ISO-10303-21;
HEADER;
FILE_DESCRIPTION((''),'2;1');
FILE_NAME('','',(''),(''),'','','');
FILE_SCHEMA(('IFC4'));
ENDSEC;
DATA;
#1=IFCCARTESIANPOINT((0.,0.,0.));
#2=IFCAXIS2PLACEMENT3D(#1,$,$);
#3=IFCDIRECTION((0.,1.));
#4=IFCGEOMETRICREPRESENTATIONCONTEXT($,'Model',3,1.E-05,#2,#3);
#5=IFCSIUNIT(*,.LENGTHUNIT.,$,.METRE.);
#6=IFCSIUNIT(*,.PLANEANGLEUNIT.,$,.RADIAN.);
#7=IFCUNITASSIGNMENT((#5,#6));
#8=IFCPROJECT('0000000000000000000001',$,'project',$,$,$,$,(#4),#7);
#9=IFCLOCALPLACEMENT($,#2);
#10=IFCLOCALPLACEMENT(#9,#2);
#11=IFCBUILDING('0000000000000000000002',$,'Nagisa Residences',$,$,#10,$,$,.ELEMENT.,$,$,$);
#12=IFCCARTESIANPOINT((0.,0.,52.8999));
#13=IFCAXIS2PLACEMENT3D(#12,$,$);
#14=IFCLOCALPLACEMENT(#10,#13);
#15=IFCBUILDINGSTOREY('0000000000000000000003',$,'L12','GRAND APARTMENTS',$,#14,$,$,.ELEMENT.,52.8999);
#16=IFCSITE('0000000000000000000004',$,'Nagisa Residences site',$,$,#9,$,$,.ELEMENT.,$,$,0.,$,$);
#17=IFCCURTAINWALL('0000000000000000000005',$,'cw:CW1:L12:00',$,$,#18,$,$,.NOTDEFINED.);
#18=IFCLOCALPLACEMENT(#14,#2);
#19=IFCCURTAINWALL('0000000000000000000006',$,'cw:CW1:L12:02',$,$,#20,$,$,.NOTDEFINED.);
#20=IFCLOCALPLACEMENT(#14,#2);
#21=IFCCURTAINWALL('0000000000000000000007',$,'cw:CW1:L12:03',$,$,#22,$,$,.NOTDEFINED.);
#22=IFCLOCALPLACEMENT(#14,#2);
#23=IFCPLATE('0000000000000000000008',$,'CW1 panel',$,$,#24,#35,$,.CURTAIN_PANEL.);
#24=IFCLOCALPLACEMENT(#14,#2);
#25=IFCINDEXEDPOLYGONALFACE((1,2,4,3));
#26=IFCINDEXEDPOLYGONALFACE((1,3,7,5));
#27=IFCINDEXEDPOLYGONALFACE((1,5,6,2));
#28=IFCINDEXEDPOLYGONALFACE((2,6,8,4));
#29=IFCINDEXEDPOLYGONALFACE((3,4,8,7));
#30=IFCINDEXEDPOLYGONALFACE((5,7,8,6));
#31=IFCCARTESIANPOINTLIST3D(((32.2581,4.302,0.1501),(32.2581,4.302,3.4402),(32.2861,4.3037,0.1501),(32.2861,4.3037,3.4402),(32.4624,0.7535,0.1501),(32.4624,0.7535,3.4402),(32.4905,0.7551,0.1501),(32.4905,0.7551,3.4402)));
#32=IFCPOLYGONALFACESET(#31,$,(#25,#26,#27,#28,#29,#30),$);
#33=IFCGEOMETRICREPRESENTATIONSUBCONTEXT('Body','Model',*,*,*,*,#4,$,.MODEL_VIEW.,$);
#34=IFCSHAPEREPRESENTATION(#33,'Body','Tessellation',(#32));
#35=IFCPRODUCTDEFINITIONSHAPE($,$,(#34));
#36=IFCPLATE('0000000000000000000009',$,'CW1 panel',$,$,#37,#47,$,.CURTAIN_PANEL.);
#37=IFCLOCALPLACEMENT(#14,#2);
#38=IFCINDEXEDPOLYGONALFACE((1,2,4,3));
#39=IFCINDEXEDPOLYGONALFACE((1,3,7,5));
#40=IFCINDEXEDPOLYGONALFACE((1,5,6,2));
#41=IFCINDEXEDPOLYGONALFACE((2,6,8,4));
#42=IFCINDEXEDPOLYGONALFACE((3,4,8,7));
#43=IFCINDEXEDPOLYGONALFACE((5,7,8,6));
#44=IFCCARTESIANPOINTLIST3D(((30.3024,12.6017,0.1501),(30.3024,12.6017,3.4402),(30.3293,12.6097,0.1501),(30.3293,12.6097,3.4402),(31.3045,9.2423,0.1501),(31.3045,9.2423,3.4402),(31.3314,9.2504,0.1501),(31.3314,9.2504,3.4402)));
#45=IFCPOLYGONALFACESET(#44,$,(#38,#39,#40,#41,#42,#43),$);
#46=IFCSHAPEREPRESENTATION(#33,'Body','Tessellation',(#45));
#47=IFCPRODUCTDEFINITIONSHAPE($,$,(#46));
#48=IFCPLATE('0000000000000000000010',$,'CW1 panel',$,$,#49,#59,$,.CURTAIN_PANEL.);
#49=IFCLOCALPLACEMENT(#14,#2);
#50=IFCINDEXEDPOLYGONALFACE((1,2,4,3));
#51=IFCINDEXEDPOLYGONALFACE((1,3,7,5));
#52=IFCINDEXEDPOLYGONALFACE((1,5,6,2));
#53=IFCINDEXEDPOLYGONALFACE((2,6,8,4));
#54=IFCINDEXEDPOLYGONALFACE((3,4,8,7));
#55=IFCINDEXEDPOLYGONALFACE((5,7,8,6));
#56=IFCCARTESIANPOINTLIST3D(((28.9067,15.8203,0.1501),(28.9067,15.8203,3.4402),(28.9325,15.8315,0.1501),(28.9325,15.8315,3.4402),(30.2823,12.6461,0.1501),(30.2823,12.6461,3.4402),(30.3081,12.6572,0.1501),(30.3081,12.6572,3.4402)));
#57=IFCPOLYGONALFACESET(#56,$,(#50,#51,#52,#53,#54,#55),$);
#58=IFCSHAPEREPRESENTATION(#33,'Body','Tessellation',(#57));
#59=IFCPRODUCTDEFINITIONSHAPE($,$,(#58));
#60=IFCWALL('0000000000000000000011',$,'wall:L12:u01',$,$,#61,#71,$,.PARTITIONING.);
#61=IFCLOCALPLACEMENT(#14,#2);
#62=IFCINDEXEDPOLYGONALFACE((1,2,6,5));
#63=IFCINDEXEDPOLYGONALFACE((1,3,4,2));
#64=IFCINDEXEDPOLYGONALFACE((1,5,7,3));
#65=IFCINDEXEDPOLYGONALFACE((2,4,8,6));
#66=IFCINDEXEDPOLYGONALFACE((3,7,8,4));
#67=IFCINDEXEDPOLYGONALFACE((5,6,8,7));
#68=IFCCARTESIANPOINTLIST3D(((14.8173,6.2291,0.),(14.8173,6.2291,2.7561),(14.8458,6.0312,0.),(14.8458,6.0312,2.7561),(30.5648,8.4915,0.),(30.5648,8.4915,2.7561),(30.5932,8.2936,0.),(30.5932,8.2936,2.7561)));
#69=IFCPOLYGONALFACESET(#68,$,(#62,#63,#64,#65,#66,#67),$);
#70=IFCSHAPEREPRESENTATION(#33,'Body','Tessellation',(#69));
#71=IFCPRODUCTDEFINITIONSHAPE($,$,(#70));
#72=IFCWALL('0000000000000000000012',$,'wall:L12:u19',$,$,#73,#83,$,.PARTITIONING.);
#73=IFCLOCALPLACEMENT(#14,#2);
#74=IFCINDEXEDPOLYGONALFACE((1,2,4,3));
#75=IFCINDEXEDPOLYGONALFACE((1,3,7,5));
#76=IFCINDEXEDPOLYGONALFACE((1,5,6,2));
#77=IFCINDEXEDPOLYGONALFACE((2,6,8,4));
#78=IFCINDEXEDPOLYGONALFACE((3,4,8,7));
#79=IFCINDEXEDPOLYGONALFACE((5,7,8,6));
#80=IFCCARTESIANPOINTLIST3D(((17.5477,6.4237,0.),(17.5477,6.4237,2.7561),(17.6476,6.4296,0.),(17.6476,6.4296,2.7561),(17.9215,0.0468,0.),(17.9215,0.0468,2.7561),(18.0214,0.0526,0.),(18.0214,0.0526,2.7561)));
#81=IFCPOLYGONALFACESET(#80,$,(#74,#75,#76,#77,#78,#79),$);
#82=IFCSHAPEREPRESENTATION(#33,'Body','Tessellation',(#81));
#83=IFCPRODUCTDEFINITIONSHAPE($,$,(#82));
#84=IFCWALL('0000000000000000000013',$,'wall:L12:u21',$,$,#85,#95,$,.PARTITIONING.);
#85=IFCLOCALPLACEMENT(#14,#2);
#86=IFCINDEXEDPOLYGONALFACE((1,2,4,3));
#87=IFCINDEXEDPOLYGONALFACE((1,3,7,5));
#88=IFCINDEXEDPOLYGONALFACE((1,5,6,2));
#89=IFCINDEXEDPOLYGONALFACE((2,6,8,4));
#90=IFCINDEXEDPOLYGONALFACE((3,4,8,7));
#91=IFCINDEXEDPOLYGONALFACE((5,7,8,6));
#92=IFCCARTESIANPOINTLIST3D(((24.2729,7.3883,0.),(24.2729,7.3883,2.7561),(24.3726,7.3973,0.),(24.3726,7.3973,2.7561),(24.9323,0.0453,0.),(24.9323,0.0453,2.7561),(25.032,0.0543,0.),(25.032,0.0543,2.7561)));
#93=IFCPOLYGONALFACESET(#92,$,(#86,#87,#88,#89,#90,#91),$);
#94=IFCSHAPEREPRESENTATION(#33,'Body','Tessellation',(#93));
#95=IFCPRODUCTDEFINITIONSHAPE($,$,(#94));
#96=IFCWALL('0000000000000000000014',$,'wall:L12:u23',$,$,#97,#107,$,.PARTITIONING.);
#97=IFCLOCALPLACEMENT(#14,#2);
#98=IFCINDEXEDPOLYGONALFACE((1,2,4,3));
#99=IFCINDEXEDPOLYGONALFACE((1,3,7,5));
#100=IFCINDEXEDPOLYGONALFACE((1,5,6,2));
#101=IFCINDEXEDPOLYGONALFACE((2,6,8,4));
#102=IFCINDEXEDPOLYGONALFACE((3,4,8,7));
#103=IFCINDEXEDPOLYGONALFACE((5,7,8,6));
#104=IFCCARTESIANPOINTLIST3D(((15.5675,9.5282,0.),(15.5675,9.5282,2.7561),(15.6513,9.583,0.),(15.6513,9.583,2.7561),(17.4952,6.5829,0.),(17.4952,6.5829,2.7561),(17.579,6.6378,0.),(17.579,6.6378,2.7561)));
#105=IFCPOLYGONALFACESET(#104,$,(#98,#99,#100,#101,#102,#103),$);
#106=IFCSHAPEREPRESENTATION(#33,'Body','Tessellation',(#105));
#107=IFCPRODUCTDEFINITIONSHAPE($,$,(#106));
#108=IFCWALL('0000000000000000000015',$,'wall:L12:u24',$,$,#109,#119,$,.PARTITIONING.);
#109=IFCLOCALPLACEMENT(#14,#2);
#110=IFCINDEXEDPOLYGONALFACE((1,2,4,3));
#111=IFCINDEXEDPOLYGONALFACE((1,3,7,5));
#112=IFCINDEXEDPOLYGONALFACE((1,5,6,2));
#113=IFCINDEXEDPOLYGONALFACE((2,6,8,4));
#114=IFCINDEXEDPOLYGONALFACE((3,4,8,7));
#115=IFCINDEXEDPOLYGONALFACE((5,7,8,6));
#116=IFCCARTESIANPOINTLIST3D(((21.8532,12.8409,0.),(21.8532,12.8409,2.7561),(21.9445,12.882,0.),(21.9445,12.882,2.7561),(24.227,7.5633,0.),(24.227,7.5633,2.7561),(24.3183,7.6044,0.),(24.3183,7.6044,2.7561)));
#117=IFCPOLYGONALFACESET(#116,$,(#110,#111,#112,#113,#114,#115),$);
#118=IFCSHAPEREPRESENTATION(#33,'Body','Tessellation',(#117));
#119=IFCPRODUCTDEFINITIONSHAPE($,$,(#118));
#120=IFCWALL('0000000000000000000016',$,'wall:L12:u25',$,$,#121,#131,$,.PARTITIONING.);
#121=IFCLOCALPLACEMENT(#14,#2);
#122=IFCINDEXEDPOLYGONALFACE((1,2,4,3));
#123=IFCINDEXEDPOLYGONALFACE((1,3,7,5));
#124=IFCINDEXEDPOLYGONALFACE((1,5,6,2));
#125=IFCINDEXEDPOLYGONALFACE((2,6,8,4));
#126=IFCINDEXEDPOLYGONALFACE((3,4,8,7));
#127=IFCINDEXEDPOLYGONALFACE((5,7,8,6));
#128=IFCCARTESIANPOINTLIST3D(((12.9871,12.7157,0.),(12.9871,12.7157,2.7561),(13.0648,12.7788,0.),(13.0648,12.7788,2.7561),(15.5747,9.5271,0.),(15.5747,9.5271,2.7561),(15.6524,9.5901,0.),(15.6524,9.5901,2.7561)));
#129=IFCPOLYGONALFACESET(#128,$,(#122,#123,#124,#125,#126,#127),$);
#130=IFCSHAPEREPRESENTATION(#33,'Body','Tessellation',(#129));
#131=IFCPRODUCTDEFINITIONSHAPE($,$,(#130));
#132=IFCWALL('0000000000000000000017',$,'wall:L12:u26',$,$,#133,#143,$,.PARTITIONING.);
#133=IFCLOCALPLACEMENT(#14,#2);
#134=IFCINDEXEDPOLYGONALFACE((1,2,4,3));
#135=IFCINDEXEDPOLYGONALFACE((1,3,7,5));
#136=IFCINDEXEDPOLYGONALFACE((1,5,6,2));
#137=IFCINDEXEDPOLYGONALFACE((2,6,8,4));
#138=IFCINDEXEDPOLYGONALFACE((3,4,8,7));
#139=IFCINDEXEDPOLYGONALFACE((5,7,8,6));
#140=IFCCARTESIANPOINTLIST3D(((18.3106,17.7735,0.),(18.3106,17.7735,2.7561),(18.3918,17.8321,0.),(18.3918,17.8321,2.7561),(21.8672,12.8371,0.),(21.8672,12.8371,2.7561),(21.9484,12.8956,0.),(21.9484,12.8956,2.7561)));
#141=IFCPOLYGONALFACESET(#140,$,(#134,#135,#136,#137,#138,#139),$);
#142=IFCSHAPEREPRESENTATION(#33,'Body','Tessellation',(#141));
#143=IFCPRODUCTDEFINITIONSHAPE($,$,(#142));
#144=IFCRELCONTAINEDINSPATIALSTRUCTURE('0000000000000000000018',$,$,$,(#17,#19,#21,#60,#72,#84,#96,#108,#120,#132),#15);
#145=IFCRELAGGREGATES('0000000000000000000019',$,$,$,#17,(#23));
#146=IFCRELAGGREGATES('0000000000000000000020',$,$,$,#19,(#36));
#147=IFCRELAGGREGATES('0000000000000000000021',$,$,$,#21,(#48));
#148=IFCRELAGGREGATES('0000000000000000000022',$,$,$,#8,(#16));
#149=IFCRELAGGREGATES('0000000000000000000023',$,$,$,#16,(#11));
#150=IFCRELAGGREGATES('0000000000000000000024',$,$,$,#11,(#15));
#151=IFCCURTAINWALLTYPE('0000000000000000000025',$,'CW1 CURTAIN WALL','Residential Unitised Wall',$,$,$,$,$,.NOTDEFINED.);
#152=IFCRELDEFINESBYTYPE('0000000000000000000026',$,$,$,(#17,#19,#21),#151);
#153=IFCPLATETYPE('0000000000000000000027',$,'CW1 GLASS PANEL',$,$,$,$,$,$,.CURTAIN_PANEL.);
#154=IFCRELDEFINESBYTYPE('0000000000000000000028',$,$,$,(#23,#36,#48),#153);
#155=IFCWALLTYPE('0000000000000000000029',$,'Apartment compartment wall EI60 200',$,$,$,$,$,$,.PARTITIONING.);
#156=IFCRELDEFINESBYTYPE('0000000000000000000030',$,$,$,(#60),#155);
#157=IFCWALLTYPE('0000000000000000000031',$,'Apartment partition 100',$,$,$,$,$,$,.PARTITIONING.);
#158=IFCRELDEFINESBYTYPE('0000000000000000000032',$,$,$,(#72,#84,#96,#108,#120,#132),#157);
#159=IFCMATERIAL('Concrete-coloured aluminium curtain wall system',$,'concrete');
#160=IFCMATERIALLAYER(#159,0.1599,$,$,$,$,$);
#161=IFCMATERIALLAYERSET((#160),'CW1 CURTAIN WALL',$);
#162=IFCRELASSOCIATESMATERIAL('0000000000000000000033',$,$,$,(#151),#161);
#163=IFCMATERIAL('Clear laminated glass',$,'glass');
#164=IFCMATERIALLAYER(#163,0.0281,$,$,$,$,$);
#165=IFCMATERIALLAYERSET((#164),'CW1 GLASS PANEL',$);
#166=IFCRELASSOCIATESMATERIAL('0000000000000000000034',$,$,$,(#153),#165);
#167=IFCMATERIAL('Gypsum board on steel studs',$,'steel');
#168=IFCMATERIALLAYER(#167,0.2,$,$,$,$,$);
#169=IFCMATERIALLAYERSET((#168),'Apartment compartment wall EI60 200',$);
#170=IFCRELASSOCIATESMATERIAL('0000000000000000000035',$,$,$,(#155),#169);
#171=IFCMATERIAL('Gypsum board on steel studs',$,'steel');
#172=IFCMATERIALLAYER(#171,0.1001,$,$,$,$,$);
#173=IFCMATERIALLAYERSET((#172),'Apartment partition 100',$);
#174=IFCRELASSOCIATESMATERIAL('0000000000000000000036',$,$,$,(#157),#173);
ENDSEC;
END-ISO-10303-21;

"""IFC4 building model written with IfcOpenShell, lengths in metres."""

from ifc_helpers import new_model, si_unit, direction, frame, frame_2d, origin, origin_2d, place, context, subcontext, project, spatial, rectangle, extrude, material, layer, layer_set, type_object, element, aggregate, save


model = new_model("IFC4")

# Units and contexts
model_context = context("Model", 3, precision=1e-05, world=origin(), true_north=direction((0.0, 1.0)))
body_context = subcontext(model_context, "Body", "Model", "MODEL_VIEW")
ifc_project = project(units=[si_unit("LENGTHUNIT", "METRE"), si_unit("PLANEANGLEUNIT", "RADIAN")], contexts=[model_context])

# Site, building, storey
site_placement = place(None, origin())
site = spatial("IfcSite", under=ifc_project, at=site_placement, Name="Nagisa Residences site", CompositionType="ELEMENT", RefElevation=0.0)
building_placement = place(site_placement, origin())
building = spatial("IfcBuilding", under=site, at=building_placement, Name="Nagisa Residences", CompositionType="ELEMENT")
storey_placement = place(building_placement, frame((0.0, 0.0, 52.8999)))
storey = spatial("IfcBuildingStorey", under=building, at=storey_placement, Name="L12", Description="GRAND APARTMENTS", CompositionType="ELEMENT", Elevation=52.8999)

# Curtain walls
ifc_material_1 = material(Name="Concrete-coloured aluminium curtain wall system", Category="concrete")
ifc_layer_1 = layer(ifc_material_1, 0.1599)
ifc_layer_set_1 = layer_set([ifc_layer_1], Name="CW1 CURTAIN WALL")
curtain_wall_type = type_object("IfcCurtainWallType", Name="CW1 CURTAIN WALL", Description="Residential Unitised Wall", PredefinedType="NOTDEFINED", material=ifc_layer_set_1)
curtain_wall_1_placement = place(storey_placement, origin())
curtain_wall_1 = element("IfcCurtainWall", 1, at=curtain_wall_1_placement, inside=storey, type_object=curtain_wall_type, Name="cw:CW1:L12:00", PredefinedType="NOTDEFINED")
curtain_wall_2_placement = place(storey_placement, origin())
curtain_wall_2 = element("IfcCurtainWall", 2, at=curtain_wall_2_placement, inside=storey, type_object=curtain_wall_type, Name="cw:CW1:L12:02", PredefinedType="NOTDEFINED")
curtain_wall_3_placement = place(storey_placement, origin())
curtain_wall_3 = element("IfcCurtainWall", 3, at=curtain_wall_3_placement, inside=storey, type_object=curtain_wall_type, Name="cw:CW1:L12:03", PredefinedType="NOTDEFINED")

# Plates
ifc_material_2 = material(Name="Clear laminated glass", Category="glass")
ifc_layer_2 = layer(ifc_material_2, 0.0281)
ifc_layer_set_2 = layer_set([ifc_layer_2], Name="CW1 GLASS PANEL")
plate_type = type_object("IfcPlateType", Name="CW1 GLASS PANEL", PredefinedType="CURTAIN_PANEL", material=ifc_layer_set_2)
plate_1_placement = place(storey_placement, frame((32.3743, 2.5286, 0.1501), z_axis=(0.0, 0.0, 1.0), x_axis=(-0.057503, 0.998345, 0.0)))
plate_1 = element("IfcPlate", 4, at=plate_1_placement, type_object=plate_type, Name="CW1 panel", PredefinedType="CURTAIN_PANEL", context=body_context, shape_type="SweptSolid", body=[
    extrude(rectangle(XDim=3.5544, YDim=0.0281, at=origin_2d()), origin(), (0.0, 0.0, 1.0), 3.29),
])
aggregate(curtain_wall_1, [plate_1])
plate_2_placement = place(storey_placement, frame((30.8169, 10.926, 0.1501), z_axis=(0.0, 0.0, 1.0), x_axis=(-0.28586, 0.958271, 0.0)))
plate_2 = element("IfcPlate", 5, at=plate_2_placement, type_object=plate_type, Name="CW1 panel", PredefinedType="CURTAIN_PANEL", context=body_context, shape_type="SweptSolid", body=[
    extrude(rectangle(XDim=3.5056, YDim=0.0281, at=origin_2d()), origin(), (0.0, 0.0, 1.0), 3.29),
])
aggregate(curtain_wall_2, [plate_2])
plate_3_placement = place(storey_placement, frame((29.6074, 14.2388, 0.1501), z_axis=(0.0, 0.0, 1.0), x_axis=(-0.397636, 0.917543, 0.0)))
plate_3 = element("IfcPlate", 6, at=plate_3_placement, type_object=plate_type, Name="CW1 panel", PredefinedType="CURTAIN_PANEL", context=body_context, shape_type="SweptSolid", body=[
    extrude(rectangle(XDim=3.4595, YDim=0.0281, at=origin_2d()), origin(), (0.0, 0.0, 1.0), 3.29),
])
aggregate(curtain_wall_3, [plate_3])

# Walls
ifc_material_3 = material(Name="Gypsum board on steel studs", Category="steel")
ifc_layer_3 = layer(ifc_material_3, 0.2)
ifc_layer_set_3 = layer_set([ifc_layer_3], Name="Apartment compartment wall EI60 200")
wall_type_1 = type_object("IfcWallType", Name="Apartment compartment wall EI60 200", PredefinedType="PARTITIONING", material=ifc_layer_set_3)
wall_1_placement = place(storey_placement, frame((14.8315, 6.1301, 0.0), z_axis=(0.0, 0.0, 1.0), x_axis=(0.989837, 0.14221, 0.0)))
element("IfcWall", 7, at=wall_1_placement, inside=storey, type_object=wall_type_1, Name="wall:L12:u01", PredefinedType="PARTITIONING", context=body_context, shape_type="SweptSolid", body=[
    extrude(rectangle(XDim=15.9092, YDim=0.2, at=frame_2d((7.9546, 0.0))), origin(), (0.0, 0.0, 1.0), 2.7561),
])
ifc_material_4 = material(Name="Gypsum board on steel studs", Category="steel")
ifc_layer_4 = layer(ifc_material_4, 0.1001)
ifc_layer_set_4 = layer_set([ifc_layer_4], Name="Apartment partition 100")
wall_type_2 = type_object("IfcWallType", Name="Apartment partition 100", PredefinedType="PARTITIONING", material=ifc_layer_set_4)
wall_2_placement = place(storey_placement, frame((17.9714, 0.0498, 0.0), z_axis=(0.0, 0.0, 1.0), x_axis=(-0.058514, 0.998287, 0.0)))
element("IfcWall", 8, at=wall_2_placement, inside=storey, type_object=wall_type_2, Name="wall:L12:u19", PredefinedType="PARTITIONING", context=body_context, shape_type="SweptSolid", body=[
    extrude(rectangle(XDim=6.3879, YDim=0.1001, at=frame_2d((3.1938, 0.0))), origin(), (0.0, 0.0, 1.0), 2.7561),
])
wall_3_placement = place(storey_placement, frame((24.9822, 0.0498, 0.0), z_axis=(0.0, 0.0, 1.0), x_axis=(-0.089443, 0.995992, 0.0)))
element("IfcWall", 9, at=wall_3_placement, inside=storey, type_object=wall_type_2, Name="wall:L12:u21", PredefinedType="PARTITIONING", context=body_context, shape_type="SweptSolid", body=[
    extrude(rectangle(XDim=7.3726, YDim=0.1001, at=frame_2d((3.6863, 0.0))), origin(), (0.0, 0.0, 1.0), 2.7561),
])
wall_4_placement = place(storey_placement, frame((17.5371, 6.6104, 0.0), z_axis=(0.0, 0.0, 1.0), x_axis=(-0.547638, 0.836715, 0.0)))
element("IfcWall", 10, at=wall_4_placement, inside=storey, type_object=wall_type_2, Name="wall:L12:u23", PredefinedType="PARTITIONING", context=body_context, shape_type="SweptSolid", body=[
    extrude(rectangle(XDim=3.52, YDim=0.1001, at=frame_2d((1.76, 0.0))), origin(), (0.0, 0.0, 1.0), 2.7561),
])
wall_5_placement = place(storey_placement, frame((24.2727, 7.5837, 0.0), z_axis=(0.0, 0.0, 1.0), x_axis=(-0.410202, 0.911995, 0.0)))
element("IfcWall", 11, at=wall_5_placement, inside=storey, type_object=wall_type_2, Name="wall:L12:u24", PredefinedType="PARTITIONING", context=body_context, shape_type="SweptSolid", body=[
    extrude(rectangle(XDim=5.7869, YDim=0.1001, at=frame_2d((2.8936, 0.0))), origin(), (0.0, 0.0, 1.0), 2.7561),
])
wall_6_placement = place(storey_placement, frame((15.6135, 9.5586, 0.0), z_axis=(0.0, 0.0, 1.0), x_axis=(-0.630125, 0.776494, 0.0)))
element("IfcWall", 12, at=wall_6_placement, inside=storey, type_object=wall_type_2, Name="wall:L12:u25", PredefinedType="PARTITIONING", context=body_context, shape_type="SweptSolid", body=[
    extrude(rectangle(XDim=4.1064, YDim=0.1001, at=frame_2d((2.0532, 0.0))), origin(), (0.0, 0.0, 1.0), 2.7561),
])
wall_7_placement = place(storey_placement, frame((21.9077, 12.8665, 0.0), z_axis=(0.0, 0.0, 1.0), x_axis=(-0.584558, 0.811352, 0.0)))
element("IfcWall", 13, at=wall_7_placement, inside=storey, type_object=wall_type_2, Name="wall:L12:u26", PredefinedType="PARTITIONING", context=body_context, shape_type="SweptSolid", body=[
    extrude(rectangle(XDim=6.0842, YDim=0.1001, at=frame_2d((3.042, 0.0))), origin(), (0.0, 0.0, 1.0), 2.7561),
])

save(model, "model.ifc")
